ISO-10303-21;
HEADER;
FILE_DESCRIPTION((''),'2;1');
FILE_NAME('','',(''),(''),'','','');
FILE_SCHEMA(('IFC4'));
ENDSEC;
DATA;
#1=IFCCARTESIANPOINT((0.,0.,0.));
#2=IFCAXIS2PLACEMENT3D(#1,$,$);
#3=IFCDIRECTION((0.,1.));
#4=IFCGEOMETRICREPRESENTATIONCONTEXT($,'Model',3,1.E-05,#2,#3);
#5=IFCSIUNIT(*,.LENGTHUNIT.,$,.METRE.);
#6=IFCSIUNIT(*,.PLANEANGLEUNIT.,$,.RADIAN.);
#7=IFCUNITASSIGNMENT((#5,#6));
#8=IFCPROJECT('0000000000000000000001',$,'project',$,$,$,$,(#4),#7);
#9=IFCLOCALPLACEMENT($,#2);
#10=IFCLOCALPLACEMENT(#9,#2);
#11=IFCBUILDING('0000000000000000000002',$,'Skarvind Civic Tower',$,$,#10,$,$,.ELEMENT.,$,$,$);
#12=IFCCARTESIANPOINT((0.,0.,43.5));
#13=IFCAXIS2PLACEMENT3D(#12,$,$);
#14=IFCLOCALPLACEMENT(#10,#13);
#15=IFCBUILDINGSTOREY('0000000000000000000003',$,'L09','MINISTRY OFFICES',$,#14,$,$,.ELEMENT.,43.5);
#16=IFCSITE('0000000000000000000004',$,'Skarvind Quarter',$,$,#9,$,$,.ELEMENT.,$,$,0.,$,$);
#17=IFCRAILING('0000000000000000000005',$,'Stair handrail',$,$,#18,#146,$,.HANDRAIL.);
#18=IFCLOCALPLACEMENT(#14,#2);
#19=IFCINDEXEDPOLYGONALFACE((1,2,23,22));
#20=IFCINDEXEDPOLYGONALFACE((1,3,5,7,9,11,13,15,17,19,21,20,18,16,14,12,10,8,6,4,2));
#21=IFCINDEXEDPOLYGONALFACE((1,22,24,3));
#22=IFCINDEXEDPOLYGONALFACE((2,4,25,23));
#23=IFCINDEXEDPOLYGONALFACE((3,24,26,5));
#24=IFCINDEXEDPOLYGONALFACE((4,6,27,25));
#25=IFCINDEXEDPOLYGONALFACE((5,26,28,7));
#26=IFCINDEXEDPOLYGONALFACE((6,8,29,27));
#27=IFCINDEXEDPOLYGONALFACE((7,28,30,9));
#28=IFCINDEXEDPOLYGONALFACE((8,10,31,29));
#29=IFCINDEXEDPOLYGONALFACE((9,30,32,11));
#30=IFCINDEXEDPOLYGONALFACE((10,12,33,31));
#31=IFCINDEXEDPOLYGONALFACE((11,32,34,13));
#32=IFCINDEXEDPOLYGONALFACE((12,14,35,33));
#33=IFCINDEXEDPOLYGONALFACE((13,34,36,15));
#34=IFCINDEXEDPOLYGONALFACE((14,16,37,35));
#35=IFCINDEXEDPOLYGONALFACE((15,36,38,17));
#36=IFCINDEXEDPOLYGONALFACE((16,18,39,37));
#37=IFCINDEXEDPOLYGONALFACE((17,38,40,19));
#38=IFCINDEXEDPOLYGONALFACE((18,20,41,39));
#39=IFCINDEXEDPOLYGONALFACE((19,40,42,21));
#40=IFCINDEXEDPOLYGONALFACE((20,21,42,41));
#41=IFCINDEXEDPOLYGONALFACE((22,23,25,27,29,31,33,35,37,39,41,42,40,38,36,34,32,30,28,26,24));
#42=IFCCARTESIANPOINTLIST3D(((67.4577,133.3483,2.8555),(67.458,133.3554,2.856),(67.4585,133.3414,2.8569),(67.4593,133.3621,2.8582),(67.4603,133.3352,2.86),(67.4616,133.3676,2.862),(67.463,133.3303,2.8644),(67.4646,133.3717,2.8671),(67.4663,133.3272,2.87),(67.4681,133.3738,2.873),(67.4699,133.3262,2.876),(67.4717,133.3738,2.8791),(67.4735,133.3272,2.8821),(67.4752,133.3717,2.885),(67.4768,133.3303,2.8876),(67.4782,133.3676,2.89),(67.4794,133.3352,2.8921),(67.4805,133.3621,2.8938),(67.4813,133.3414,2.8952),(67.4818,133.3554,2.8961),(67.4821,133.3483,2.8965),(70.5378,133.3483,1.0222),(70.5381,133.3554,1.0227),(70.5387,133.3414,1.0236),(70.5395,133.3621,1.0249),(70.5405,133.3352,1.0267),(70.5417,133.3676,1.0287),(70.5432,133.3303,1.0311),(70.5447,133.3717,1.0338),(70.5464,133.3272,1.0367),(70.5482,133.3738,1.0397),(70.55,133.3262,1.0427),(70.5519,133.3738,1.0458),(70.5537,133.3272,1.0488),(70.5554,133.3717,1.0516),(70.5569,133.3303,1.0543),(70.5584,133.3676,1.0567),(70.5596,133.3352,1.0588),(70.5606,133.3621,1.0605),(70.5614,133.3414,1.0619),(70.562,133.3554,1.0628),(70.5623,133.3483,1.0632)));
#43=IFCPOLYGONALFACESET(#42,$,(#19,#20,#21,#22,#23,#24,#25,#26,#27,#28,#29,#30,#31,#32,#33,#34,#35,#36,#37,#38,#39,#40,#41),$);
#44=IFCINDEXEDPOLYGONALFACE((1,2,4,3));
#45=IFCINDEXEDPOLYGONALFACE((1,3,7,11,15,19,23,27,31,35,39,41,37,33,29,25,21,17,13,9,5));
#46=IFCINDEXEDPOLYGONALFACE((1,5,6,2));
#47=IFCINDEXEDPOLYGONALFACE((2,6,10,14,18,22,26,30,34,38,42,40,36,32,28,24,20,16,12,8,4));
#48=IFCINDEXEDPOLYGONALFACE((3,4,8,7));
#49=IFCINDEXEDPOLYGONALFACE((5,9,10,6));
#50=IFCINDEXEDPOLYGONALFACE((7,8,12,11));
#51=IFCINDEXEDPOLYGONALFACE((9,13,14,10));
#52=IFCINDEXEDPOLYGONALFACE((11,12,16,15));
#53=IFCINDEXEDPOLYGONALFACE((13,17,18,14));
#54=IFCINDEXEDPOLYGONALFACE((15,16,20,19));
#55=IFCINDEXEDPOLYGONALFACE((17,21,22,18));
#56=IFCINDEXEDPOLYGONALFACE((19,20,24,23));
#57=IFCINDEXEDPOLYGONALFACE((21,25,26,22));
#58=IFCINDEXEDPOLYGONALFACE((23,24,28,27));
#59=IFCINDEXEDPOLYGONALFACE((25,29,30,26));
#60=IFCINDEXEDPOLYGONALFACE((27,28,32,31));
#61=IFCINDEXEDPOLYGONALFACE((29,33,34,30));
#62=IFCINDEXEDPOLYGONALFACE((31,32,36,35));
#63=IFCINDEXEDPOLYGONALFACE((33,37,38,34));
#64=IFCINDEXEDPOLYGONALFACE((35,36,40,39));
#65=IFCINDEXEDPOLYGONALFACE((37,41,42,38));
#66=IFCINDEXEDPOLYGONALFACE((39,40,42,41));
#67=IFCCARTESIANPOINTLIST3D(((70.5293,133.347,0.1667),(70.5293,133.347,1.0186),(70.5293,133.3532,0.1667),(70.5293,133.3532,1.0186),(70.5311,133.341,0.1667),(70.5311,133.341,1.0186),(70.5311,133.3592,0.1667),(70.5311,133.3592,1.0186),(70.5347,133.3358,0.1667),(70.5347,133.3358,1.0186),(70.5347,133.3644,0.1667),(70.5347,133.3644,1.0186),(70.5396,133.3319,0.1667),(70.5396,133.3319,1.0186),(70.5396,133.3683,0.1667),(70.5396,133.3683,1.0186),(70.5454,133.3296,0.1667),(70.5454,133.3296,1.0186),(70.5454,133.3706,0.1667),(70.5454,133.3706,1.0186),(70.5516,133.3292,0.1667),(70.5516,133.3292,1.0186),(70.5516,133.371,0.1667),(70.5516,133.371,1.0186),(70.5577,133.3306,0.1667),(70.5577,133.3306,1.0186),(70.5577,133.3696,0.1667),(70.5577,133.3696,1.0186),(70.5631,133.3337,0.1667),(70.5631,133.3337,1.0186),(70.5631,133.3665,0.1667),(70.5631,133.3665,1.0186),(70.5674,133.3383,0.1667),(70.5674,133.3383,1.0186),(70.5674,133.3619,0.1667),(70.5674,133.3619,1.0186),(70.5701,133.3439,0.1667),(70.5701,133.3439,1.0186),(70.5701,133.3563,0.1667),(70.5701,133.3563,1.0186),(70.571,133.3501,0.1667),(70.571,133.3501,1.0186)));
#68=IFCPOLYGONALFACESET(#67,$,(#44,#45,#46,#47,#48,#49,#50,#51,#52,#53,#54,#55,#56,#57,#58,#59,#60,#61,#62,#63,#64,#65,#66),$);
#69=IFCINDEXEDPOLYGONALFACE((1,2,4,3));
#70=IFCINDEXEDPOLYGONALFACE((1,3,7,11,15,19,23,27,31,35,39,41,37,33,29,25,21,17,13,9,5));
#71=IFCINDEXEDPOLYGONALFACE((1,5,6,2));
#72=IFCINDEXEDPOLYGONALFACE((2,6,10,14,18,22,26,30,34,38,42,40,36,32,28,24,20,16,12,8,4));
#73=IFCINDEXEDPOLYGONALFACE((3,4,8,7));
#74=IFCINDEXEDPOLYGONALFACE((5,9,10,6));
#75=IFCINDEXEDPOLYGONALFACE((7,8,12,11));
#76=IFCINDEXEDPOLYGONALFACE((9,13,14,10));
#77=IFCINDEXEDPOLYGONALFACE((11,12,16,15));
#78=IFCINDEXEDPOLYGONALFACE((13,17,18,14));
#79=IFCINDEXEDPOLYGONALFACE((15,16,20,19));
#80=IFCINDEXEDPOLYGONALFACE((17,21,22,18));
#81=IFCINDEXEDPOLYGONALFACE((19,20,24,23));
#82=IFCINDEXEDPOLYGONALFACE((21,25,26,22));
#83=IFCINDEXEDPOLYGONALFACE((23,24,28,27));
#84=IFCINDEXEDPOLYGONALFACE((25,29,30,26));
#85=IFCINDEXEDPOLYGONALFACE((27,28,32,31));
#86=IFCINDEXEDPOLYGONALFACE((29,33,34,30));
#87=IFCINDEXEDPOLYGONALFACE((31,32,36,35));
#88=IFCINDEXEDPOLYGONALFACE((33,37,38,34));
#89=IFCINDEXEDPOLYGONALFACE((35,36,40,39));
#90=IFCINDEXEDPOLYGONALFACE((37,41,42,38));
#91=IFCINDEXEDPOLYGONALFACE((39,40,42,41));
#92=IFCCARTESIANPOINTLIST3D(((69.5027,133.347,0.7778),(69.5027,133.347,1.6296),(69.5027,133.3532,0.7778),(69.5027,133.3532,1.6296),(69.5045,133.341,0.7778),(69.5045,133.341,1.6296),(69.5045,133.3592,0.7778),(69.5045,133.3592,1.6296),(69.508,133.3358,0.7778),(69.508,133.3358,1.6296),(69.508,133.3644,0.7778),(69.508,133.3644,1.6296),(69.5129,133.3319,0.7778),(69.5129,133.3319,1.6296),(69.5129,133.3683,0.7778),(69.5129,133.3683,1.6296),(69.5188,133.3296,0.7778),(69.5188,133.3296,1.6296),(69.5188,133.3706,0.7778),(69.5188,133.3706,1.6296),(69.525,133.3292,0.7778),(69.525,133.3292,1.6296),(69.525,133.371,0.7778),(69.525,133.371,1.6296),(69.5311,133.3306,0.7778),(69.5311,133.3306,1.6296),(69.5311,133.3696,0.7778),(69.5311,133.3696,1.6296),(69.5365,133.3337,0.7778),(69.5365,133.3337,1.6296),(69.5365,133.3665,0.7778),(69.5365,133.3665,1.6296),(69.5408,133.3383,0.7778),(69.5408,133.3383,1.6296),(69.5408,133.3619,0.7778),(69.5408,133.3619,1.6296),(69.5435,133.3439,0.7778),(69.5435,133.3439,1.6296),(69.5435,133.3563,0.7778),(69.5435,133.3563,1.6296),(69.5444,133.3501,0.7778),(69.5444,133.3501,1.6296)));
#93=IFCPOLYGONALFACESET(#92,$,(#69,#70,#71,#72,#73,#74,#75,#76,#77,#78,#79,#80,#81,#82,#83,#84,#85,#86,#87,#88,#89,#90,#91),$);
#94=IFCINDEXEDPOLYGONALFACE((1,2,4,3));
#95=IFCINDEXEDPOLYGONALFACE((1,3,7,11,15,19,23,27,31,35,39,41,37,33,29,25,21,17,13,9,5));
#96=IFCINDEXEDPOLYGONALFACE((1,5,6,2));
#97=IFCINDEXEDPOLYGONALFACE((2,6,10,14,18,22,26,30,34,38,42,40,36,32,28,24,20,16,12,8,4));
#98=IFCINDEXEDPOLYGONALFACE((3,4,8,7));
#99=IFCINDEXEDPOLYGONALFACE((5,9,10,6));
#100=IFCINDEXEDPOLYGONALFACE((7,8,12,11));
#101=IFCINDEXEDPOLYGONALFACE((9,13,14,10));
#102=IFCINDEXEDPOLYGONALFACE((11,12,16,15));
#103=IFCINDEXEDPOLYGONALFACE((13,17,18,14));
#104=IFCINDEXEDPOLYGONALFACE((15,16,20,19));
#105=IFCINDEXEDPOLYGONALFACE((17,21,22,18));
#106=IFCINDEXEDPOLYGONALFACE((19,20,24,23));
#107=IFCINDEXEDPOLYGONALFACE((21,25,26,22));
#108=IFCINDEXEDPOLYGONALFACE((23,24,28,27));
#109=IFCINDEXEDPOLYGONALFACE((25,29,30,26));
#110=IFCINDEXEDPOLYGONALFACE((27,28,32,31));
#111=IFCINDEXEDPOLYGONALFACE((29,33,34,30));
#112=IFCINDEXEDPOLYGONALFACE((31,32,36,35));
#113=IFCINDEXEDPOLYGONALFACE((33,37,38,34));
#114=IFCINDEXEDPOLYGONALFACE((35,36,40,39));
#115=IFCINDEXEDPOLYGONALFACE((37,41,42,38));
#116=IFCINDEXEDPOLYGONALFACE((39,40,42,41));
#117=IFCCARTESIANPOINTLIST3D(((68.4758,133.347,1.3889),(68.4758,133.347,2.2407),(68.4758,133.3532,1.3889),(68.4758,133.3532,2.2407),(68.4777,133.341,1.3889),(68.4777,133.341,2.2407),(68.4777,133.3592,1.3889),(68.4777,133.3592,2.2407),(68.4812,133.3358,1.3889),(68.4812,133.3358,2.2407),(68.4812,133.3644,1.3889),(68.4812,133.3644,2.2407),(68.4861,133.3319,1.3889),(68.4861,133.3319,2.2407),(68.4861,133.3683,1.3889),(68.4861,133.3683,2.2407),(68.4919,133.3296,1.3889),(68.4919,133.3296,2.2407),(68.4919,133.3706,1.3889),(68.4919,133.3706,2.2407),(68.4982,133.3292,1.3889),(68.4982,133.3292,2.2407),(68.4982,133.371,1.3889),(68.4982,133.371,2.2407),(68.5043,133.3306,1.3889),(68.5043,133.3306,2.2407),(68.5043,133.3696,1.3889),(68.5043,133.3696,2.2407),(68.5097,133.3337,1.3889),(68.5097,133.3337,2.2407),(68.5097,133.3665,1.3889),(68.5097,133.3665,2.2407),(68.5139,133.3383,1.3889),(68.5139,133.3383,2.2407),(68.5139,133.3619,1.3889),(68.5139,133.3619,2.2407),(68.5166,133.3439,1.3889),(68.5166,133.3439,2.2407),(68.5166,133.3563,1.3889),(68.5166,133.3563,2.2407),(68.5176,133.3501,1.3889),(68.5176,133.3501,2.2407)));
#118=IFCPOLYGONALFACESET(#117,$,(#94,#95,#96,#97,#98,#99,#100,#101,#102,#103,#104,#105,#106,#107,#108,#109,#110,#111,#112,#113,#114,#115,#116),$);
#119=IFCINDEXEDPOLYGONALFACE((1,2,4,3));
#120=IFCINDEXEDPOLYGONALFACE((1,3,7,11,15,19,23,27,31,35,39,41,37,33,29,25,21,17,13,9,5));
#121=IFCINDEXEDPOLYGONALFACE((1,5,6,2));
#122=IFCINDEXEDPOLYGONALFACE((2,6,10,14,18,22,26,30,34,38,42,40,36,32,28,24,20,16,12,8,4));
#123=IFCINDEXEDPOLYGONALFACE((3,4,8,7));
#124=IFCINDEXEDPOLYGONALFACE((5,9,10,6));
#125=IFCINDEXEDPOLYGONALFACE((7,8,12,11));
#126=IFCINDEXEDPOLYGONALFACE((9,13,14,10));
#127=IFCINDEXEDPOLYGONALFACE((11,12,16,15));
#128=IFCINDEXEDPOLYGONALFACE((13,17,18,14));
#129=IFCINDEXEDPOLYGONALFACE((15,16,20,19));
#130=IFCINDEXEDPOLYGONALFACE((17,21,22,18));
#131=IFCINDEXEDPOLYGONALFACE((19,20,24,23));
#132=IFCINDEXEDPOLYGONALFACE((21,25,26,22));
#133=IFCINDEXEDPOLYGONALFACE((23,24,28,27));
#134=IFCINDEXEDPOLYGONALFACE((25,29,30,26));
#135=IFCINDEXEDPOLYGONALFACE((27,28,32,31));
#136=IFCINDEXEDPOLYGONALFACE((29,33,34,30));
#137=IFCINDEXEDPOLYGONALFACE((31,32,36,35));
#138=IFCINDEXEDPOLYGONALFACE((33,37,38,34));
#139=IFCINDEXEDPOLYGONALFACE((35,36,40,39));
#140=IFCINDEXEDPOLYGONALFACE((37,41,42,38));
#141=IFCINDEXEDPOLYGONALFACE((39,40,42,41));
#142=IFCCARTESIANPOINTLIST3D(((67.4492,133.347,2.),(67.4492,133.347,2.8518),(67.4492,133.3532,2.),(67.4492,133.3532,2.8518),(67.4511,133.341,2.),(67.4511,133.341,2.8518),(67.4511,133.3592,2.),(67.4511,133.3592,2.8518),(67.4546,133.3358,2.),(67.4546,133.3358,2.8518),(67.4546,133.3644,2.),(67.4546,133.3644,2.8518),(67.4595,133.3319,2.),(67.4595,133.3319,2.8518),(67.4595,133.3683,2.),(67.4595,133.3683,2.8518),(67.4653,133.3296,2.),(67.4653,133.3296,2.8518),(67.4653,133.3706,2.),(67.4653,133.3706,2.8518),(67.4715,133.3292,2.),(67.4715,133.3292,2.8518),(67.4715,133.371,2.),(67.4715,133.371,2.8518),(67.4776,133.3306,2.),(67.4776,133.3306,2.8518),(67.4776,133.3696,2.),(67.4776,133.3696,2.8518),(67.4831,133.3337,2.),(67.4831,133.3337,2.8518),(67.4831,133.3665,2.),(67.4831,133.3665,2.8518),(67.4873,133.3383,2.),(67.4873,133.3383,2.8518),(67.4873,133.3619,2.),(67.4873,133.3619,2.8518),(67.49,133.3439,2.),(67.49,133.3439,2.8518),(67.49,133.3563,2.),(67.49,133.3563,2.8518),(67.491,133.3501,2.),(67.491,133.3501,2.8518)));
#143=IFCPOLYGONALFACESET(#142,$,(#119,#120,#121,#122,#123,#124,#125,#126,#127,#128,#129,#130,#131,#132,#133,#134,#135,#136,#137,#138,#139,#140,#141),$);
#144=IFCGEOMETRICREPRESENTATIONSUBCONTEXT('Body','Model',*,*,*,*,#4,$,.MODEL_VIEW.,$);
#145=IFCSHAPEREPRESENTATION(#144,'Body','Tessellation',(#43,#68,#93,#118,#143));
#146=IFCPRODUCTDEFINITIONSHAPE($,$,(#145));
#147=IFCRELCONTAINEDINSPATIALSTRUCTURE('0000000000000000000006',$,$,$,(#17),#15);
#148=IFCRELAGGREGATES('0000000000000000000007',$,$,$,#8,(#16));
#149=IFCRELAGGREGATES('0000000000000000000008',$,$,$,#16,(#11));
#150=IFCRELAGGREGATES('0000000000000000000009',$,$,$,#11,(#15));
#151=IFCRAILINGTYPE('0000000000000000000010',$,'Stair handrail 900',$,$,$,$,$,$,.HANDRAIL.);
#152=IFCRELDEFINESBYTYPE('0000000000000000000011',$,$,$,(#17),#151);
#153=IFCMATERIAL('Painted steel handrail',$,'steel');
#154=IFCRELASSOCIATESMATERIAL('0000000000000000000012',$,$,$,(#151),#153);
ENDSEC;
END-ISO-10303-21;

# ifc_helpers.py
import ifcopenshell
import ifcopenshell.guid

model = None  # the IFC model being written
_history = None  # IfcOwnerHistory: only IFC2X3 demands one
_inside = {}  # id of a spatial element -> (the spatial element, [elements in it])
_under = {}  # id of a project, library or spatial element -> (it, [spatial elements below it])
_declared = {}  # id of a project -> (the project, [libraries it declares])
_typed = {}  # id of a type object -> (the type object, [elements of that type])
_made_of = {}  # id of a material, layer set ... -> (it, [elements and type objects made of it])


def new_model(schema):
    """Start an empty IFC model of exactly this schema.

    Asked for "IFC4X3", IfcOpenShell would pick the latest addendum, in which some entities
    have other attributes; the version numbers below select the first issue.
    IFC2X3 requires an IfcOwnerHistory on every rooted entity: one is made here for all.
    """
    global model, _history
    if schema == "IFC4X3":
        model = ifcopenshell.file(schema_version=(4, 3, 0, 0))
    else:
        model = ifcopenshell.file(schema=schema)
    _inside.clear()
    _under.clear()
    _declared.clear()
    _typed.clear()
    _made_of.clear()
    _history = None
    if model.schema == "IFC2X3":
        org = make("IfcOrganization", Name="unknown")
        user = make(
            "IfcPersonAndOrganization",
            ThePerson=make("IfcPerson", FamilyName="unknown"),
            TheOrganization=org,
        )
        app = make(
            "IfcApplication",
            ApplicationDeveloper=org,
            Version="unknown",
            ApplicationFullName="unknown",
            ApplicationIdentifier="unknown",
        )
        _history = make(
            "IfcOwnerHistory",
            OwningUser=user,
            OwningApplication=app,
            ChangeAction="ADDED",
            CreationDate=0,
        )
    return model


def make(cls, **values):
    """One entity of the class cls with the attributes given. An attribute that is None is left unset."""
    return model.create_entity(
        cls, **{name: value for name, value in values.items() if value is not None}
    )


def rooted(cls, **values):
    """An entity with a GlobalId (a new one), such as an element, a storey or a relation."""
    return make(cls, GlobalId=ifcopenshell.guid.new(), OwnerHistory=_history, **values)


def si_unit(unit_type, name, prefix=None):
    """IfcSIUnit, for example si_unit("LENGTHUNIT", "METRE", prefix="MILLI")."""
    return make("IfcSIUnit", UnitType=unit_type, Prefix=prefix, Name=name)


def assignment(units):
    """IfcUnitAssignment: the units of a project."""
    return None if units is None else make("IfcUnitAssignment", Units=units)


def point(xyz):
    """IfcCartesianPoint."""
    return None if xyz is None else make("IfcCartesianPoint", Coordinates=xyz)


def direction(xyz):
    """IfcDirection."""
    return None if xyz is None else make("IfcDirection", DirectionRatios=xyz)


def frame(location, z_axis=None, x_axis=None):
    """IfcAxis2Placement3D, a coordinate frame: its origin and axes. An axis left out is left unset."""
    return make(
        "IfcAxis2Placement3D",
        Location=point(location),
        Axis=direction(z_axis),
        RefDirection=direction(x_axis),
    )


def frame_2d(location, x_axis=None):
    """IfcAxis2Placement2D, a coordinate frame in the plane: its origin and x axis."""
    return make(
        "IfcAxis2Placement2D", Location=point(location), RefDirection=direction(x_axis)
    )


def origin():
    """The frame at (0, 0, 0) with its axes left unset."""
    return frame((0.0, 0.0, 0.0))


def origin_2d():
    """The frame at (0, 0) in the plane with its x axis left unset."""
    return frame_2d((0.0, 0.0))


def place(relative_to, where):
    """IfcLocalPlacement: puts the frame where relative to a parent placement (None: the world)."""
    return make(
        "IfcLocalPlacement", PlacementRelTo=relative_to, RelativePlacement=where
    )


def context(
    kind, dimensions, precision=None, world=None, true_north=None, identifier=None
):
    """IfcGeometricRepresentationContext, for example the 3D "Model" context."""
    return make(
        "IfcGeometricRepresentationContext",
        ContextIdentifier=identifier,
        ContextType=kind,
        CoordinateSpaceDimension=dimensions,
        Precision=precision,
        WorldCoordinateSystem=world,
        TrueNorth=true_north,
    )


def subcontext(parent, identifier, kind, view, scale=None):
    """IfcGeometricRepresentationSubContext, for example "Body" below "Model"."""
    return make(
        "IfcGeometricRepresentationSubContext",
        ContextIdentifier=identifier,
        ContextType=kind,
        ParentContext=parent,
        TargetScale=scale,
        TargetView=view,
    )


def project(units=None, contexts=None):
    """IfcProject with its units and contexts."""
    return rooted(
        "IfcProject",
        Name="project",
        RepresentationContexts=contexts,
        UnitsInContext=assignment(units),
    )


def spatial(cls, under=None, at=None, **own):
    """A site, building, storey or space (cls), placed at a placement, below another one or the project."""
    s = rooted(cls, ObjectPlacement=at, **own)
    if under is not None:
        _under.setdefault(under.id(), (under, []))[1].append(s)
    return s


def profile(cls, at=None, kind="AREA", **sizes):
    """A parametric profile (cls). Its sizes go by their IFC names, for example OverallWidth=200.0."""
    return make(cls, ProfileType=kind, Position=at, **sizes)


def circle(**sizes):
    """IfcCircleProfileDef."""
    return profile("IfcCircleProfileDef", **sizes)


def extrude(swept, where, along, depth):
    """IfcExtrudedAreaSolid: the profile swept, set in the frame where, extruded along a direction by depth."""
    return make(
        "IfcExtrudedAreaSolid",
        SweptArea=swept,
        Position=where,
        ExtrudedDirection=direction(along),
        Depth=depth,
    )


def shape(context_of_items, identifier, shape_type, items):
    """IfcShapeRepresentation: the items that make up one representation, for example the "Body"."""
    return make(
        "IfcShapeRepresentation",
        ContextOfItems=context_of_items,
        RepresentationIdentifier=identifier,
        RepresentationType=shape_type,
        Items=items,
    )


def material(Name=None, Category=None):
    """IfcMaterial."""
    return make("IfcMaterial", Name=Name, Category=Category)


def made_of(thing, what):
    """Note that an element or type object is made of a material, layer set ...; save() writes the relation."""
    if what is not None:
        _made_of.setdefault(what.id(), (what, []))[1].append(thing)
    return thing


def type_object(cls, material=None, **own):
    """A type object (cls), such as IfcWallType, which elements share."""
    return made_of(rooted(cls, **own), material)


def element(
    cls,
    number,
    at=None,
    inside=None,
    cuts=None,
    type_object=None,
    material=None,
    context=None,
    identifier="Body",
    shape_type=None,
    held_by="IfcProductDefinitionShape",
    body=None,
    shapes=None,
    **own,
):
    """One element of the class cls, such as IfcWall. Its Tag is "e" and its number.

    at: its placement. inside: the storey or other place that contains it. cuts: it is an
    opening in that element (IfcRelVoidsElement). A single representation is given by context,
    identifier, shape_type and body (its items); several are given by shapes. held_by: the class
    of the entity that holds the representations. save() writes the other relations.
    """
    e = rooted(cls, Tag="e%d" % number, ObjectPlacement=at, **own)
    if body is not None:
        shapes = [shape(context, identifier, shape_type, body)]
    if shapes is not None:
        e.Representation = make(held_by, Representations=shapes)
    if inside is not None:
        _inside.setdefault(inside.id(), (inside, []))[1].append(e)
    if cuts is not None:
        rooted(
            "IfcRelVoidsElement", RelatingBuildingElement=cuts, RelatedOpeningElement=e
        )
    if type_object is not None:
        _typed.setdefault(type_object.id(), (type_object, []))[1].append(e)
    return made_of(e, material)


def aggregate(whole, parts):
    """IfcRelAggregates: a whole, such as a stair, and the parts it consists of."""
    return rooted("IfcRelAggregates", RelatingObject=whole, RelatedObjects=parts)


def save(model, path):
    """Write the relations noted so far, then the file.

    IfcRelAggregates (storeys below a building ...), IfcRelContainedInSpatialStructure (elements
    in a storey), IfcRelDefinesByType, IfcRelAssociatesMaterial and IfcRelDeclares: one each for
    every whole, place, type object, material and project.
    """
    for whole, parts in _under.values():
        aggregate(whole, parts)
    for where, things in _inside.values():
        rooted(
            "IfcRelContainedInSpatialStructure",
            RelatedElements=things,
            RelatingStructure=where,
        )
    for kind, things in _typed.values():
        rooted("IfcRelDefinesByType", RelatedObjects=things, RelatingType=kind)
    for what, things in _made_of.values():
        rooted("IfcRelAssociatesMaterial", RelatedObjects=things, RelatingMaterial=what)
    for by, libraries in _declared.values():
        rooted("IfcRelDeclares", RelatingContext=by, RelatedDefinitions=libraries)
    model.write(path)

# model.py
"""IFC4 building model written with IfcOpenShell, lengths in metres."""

from ifc_helpers import new_model, si_unit, direction, frame, origin, origin_2d, place, context, subcontext, project, spatial, circle, extrude, material, type_object, element, save


model = new_model("IFC4")

# Units and contexts
model_context = context("Model", 3, precision=1e-05, world=origin(), true_north=direction((0.0, 1.0)))
body_context = subcontext(model_context, "Body", "Model", "MODEL_VIEW")
ifc_project = project(units=[si_unit("LENGTHUNIT", "METRE"), si_unit("PLANEANGLEUNIT", "RADIAN")], contexts=[model_context])

# Site, building, storey
site_placement = place(None, origin())
site = spatial("IfcSite", under=ifc_project, at=site_placement, Name="Skarvind Quarter", CompositionType="ELEMENT", RefElevation=0.0)
building_placement = place(site_placement, origin())
building = spatial("IfcBuilding", under=site, at=building_placement, Name="Skarvind Civic Tower", CompositionType="ELEMENT")
storey_placement = place(building_placement, frame((0.0, 0.0, 43.5)))
storey = spatial("IfcBuildingStorey", under=building, at=storey_placement, Name="L09", Description="MINISTRY OFFICES", CompositionType="ELEMENT", Elevation=43.5)

# Railing
ifc_material_1 = material(Name="Painted steel handrail", Category="steel")
railing_type_1 = type_object("IfcRailingType", Name="Stair handrail 900", PredefinedType="HANDRAIL", material=ifc_material_1)
railing_1_placement = place(storey_placement, frame((70.55, 133.3501, 0.1667)))
element("IfcRailing", 1, at=railing_1_placement, inside=storey, type_object=railing_type_1, Name="Stair handrail", PredefinedType="HANDRAIL", context=body_context, shape_type="SweptSolid", body=[
    extrude(circle(Radius=0.0239, at=origin_2d()), frame((0.0, 0.0, 0.876), z_axis=(-0.859309, 0.0, 0.511458), x_axis=(0.0, -1.0, 0.0)), (0.0, 0.0, 1.0), 3.5845),
    extrude(circle(Radius=0.021, at=origin_2d()), origin(), (0.0, 0.0, 1.0), 0.8518),
    extrude(circle(Radius=0.021, at=origin_2d()), frame((-1.0266, 0.0, 0.6111)), (0.0, 0.0, 1.0), 0.8518),
    extrude(circle(Radius=0.021, at=origin_2d()), frame((-2.0535, 0.0, 1.2222)), (0.0, 0.0, 1.0), 0.8518),
    extrude(circle(Radius=0.021, at=origin_2d()), frame((-3.0801, 0.0, 1.8333)), (0.0, 0.0, 1.0), 0.8518),
])

save(model, "model.ifc")
